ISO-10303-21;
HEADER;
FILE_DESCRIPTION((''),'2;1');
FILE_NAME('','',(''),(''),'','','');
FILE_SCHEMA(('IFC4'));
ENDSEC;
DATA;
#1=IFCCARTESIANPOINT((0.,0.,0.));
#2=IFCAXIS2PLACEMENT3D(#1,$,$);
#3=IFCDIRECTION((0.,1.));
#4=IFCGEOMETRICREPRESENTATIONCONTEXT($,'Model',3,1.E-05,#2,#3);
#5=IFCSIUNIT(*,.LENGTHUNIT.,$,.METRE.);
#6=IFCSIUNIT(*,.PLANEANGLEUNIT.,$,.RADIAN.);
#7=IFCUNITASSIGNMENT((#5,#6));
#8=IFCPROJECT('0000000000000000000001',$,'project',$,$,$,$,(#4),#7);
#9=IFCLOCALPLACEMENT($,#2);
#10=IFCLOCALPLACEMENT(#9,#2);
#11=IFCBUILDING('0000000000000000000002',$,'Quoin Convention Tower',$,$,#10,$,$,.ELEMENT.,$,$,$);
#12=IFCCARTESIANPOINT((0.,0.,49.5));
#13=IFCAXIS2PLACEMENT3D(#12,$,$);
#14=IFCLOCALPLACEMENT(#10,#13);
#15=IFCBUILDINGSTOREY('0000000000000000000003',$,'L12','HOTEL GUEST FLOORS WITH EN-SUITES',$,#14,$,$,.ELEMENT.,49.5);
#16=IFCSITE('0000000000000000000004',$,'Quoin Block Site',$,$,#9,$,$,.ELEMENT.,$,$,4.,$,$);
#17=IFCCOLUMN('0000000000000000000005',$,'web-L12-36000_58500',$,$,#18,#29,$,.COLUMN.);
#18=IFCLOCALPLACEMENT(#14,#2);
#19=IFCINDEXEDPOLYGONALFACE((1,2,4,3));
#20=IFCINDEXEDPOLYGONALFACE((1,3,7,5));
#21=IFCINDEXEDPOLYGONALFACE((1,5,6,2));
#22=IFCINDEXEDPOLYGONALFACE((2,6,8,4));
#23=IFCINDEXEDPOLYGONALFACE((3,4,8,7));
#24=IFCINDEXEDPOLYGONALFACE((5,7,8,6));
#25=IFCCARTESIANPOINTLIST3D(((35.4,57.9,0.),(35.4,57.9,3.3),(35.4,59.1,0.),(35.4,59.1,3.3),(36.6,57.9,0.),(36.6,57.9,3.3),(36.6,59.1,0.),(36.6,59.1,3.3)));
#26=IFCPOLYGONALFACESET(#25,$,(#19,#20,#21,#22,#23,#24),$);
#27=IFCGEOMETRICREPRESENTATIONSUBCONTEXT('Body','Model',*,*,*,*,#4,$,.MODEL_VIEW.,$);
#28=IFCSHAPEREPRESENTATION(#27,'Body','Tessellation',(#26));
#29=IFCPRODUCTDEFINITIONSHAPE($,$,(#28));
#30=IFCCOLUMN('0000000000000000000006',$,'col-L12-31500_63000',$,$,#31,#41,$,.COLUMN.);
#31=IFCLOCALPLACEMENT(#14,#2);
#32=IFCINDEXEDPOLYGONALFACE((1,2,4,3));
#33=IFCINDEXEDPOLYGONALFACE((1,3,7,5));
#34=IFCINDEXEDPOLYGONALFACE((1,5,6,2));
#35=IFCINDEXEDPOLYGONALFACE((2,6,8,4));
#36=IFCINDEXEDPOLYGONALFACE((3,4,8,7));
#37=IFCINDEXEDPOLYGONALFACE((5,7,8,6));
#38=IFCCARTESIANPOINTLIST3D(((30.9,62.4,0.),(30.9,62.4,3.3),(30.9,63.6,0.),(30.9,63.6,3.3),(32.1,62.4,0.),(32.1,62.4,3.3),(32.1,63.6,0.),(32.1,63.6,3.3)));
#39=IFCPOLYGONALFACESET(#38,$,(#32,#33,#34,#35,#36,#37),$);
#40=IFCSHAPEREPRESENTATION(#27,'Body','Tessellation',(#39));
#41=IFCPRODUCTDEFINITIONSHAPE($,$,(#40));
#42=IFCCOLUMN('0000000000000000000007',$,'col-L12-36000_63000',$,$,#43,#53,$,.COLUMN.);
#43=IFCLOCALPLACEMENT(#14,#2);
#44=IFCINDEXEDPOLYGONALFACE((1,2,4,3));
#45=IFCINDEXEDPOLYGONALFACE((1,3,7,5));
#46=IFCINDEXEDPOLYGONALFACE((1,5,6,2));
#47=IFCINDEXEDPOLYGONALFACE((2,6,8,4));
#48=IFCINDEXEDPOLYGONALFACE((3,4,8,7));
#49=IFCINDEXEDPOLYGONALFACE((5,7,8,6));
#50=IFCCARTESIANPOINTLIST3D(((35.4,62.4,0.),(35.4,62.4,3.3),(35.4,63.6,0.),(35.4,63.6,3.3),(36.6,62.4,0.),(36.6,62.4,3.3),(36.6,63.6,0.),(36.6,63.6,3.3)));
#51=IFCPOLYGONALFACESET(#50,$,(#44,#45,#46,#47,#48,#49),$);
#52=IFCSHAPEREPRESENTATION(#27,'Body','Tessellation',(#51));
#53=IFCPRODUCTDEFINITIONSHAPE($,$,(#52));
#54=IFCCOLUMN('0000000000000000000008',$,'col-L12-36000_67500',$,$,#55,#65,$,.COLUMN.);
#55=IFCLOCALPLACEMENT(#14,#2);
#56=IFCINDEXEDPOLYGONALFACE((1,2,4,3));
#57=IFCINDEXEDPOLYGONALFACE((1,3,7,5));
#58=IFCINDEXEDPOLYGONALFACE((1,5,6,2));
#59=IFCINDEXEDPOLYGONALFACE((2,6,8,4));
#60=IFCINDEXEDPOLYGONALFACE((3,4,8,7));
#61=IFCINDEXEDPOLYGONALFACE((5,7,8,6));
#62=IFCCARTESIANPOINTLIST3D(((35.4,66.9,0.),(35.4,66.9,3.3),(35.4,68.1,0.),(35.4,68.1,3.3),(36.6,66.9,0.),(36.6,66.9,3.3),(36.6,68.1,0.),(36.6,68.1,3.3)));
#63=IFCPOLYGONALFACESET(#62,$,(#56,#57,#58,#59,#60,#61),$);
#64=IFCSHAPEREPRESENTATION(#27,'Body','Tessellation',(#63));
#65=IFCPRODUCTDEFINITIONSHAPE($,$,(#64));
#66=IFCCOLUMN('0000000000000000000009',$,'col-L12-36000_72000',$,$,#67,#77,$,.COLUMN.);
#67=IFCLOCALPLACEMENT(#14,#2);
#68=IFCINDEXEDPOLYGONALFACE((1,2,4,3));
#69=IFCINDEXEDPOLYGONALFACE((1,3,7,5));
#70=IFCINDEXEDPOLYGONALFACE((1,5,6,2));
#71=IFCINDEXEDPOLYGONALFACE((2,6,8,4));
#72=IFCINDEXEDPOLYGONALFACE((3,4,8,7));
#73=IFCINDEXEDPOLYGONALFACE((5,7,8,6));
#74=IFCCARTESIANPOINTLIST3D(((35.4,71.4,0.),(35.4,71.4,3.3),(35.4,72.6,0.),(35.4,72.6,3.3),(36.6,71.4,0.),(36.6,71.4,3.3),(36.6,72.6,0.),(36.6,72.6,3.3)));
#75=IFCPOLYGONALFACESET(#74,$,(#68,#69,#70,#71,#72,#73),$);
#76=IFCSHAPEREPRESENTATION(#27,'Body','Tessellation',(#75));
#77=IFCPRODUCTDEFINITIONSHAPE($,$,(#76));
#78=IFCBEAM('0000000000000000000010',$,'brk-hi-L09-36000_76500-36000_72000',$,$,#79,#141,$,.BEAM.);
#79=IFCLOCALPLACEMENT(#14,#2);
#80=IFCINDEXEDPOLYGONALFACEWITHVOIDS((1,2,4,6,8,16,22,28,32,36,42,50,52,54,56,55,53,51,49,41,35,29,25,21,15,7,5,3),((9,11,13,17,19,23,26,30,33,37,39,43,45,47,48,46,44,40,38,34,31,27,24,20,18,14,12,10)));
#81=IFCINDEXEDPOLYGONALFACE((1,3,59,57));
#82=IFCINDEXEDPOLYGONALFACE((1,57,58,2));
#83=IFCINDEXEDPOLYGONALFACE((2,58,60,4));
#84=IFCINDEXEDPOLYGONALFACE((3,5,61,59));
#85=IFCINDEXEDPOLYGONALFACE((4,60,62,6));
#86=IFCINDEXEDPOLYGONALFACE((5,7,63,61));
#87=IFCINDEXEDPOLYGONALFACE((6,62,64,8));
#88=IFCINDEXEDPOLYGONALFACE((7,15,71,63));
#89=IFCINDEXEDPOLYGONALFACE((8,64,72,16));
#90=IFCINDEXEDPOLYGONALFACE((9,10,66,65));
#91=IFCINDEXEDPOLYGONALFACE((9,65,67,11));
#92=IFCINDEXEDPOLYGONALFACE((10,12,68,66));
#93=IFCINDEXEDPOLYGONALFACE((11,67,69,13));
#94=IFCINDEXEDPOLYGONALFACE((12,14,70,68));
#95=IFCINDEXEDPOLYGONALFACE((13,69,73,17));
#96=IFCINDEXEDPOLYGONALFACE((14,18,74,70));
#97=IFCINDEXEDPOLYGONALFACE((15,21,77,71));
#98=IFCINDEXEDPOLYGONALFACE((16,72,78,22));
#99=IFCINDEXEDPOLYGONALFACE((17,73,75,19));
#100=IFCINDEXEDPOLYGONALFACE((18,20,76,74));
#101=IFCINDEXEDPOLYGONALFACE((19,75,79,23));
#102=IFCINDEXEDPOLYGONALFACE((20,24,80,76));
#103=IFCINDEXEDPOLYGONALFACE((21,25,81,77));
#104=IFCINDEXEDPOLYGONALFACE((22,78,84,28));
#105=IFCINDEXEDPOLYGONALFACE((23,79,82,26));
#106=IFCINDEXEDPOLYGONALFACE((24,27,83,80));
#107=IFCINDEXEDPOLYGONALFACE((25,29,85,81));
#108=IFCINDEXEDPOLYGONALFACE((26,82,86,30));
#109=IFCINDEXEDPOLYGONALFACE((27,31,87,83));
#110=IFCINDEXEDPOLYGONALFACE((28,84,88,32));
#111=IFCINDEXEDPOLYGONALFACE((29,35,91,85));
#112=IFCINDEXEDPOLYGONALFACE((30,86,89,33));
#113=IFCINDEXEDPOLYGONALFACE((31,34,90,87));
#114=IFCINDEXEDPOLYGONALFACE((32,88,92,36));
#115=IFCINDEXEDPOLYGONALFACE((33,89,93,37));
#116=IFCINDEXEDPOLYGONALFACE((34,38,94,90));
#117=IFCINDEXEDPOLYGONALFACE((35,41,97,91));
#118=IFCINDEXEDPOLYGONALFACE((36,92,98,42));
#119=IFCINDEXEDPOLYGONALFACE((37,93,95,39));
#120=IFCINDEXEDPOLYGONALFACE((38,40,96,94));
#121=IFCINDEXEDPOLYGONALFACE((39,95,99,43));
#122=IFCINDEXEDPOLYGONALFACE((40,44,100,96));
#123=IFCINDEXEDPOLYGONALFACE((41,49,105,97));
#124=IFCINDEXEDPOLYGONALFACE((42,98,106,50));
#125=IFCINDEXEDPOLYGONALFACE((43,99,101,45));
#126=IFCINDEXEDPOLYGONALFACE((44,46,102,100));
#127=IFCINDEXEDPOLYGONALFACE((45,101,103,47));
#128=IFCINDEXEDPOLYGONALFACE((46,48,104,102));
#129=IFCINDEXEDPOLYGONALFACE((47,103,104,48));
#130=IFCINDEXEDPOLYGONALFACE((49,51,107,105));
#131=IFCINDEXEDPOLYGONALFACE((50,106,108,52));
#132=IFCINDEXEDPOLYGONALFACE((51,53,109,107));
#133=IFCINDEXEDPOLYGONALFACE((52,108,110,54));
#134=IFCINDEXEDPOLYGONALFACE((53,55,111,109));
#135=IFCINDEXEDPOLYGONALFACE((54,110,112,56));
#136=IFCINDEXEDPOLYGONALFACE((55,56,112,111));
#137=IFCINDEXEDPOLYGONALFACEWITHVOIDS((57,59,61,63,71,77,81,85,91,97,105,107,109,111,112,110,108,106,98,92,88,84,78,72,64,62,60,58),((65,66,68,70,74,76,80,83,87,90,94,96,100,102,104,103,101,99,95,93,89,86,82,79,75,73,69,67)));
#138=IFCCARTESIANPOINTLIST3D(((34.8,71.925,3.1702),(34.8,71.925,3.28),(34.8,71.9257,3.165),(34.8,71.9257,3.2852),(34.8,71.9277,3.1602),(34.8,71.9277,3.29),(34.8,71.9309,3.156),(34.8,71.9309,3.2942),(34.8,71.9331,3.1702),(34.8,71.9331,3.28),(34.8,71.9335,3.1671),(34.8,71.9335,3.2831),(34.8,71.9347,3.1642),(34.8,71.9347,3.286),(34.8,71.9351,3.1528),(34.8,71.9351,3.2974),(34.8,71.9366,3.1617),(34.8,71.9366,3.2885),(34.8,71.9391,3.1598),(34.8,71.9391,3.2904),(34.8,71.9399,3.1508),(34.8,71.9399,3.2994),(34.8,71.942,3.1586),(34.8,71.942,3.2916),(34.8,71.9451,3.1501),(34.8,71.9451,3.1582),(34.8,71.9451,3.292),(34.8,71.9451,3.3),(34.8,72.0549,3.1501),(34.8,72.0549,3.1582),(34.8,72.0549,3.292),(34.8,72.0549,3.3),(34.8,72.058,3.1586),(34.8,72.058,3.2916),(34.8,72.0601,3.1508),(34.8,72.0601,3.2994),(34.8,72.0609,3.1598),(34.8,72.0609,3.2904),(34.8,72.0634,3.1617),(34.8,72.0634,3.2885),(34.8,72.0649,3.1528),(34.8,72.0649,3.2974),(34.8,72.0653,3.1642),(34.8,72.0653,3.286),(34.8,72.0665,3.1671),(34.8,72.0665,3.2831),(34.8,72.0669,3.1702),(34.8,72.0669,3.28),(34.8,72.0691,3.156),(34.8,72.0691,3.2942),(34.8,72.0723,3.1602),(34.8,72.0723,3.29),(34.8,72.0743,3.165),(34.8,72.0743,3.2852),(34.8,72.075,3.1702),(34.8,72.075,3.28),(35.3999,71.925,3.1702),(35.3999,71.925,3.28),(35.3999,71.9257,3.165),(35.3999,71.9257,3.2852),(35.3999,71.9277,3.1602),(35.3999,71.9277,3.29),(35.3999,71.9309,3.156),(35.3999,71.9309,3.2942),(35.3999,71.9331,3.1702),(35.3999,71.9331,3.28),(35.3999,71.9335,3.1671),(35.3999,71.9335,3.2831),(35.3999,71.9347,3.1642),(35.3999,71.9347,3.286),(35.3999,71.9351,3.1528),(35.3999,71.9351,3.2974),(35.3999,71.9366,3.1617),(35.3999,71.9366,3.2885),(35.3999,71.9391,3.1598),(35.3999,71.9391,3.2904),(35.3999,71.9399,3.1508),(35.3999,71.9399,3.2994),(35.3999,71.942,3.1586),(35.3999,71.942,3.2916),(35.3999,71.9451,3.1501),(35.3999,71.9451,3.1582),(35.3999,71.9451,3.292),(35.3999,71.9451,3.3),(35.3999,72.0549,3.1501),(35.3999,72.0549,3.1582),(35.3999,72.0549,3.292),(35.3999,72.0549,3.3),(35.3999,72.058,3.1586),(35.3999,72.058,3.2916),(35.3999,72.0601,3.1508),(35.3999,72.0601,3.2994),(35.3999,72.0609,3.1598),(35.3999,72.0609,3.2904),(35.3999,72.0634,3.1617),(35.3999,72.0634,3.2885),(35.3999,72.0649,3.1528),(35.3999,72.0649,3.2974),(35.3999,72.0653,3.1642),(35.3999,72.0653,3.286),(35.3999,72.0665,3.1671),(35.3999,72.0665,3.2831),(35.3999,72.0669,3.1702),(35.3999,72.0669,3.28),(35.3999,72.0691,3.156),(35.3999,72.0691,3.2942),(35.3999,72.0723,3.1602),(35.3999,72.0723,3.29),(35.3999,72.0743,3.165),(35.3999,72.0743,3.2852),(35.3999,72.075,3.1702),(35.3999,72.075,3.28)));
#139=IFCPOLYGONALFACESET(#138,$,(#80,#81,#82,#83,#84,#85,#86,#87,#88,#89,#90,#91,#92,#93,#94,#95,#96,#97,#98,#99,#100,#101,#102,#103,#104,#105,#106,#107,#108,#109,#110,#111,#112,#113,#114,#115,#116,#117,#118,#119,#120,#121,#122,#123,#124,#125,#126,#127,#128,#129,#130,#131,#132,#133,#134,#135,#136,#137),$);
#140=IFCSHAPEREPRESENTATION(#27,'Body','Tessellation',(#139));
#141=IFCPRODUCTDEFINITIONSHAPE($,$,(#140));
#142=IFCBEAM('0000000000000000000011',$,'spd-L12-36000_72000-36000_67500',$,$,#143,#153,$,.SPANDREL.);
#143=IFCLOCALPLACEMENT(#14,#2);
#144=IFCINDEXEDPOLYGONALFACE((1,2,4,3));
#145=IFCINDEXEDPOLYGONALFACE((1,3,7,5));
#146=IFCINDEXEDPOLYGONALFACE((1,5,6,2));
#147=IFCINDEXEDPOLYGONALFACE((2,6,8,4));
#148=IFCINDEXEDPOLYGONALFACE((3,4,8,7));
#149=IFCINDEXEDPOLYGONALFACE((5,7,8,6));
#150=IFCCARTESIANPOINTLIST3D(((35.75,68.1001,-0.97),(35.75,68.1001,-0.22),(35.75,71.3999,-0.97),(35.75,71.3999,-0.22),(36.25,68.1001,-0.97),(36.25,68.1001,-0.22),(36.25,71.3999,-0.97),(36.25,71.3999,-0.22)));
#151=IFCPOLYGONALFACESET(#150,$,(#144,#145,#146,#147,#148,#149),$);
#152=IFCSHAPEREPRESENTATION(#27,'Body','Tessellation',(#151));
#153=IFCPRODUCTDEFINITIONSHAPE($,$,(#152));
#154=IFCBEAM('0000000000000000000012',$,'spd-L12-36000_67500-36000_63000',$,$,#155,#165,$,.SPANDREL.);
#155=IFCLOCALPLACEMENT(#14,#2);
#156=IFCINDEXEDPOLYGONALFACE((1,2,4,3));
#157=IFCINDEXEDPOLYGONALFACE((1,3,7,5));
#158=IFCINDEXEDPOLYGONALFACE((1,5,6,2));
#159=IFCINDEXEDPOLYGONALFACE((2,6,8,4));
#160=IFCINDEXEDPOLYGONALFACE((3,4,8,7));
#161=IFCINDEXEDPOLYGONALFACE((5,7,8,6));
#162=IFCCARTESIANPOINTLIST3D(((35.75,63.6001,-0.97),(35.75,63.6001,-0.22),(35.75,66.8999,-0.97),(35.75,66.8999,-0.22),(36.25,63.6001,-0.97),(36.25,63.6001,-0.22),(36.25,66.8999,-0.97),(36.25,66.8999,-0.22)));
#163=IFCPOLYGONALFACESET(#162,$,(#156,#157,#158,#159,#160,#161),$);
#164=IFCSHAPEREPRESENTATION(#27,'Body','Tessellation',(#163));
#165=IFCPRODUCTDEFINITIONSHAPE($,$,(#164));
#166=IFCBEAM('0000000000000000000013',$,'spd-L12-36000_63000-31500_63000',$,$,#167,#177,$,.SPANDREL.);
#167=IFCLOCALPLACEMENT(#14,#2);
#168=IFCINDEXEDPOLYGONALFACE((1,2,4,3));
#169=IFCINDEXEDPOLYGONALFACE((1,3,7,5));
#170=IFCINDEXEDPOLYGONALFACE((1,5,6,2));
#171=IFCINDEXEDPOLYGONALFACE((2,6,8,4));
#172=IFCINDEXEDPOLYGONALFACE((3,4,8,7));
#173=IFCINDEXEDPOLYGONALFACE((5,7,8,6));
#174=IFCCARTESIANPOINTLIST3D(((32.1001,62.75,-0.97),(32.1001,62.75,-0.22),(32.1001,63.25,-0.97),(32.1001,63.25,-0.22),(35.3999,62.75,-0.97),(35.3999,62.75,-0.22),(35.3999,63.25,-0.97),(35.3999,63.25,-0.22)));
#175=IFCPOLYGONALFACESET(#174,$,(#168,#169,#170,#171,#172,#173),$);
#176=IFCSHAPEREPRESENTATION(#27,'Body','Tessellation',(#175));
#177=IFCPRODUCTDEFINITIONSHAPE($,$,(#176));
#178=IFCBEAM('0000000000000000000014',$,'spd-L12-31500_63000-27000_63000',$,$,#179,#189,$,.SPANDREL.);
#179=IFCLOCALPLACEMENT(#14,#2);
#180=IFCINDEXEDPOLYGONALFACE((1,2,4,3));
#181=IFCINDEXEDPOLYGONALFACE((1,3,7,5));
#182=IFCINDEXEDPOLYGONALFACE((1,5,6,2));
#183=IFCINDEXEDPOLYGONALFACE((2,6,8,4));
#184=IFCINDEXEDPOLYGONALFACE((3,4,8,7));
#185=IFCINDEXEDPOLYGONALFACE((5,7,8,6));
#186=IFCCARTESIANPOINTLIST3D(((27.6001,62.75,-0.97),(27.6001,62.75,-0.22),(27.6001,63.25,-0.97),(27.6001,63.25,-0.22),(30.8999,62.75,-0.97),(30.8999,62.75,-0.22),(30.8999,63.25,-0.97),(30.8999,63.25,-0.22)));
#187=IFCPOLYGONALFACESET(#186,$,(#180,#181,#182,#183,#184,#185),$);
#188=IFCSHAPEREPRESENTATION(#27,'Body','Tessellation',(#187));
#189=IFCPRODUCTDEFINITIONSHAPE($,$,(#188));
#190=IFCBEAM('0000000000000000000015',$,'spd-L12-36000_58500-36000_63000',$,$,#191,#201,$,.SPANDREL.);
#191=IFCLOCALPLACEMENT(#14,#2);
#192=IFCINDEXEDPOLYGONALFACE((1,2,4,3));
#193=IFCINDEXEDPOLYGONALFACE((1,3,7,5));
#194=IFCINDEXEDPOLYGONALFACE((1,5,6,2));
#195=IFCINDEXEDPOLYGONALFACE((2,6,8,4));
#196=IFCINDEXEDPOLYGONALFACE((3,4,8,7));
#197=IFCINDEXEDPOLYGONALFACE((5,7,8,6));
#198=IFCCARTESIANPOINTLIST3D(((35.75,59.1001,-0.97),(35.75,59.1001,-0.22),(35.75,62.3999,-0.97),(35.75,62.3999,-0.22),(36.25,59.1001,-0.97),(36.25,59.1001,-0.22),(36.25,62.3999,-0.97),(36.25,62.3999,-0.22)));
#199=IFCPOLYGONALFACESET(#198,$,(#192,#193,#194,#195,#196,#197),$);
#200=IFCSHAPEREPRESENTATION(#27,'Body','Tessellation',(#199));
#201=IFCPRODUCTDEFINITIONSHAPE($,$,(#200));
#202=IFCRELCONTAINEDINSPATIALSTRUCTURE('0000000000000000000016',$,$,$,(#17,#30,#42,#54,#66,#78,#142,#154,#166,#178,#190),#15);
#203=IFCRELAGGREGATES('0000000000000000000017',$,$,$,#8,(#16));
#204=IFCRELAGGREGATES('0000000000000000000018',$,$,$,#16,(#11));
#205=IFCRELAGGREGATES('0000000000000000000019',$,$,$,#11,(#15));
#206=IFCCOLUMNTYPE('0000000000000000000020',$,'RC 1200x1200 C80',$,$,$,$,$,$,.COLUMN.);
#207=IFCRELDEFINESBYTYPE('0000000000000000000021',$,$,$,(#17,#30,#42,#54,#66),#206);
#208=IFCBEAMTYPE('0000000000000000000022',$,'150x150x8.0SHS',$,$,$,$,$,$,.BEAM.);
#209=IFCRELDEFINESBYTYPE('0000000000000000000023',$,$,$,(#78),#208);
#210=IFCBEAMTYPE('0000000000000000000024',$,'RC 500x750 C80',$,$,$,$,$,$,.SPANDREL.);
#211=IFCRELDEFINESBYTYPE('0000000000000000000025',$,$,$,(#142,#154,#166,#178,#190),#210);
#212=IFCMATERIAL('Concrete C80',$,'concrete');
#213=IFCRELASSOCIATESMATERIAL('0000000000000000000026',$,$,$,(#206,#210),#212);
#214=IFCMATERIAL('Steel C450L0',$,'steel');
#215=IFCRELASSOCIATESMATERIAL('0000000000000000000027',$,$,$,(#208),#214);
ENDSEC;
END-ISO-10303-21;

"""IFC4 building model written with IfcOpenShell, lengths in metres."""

from ifc_helpers import new_model, si_unit, direction, frame, origin, origin_2d, place, context, subcontext, project, spatial, rectangle, hollow_rectangle, extrude, material, material_profile, profile_set, type_object, element, save


model = new_model("IFC4")

# Units and contexts
model_context = context("Model", 3, precision=1e-05, world=origin(), true_north=direction((0.0, 1.0)))
body_context = subcontext(model_context, "Body", "Model", "MODEL_VIEW")
ifc_project = project(units=[si_unit("LENGTHUNIT", "METRE"), si_unit("PLANEANGLEUNIT", "RADIAN")], contexts=[model_context])

# Site, building, storey
site_placement = place(None, origin())
site = spatial("IfcSite", under=ifc_project, at=site_placement, Name="Quoin Block Site", CompositionType="ELEMENT", RefElevation=4.0)
building_placement = place(site_placement, origin())
building = spatial("IfcBuilding", under=site, at=building_placement, Name="Quoin Convention Tower", CompositionType="ELEMENT")
storey_placement = place(building_placement, frame((0.0, 0.0, 49.5)))
storey = spatial("IfcBuildingStorey", under=building, at=storey_placement, Name="L12", Description="HOTEL GUEST FLOORS WITH EN-SUITES", CompositionType="ELEMENT", Elevation=49.5)

# Columns
ifc_material_1 = material(Name="Concrete C80", Category="concrete")
ifc_material_profile_1 = material_profile(ifc_material_1, rectangle(XDim=1.2, YDim=1.2, at=origin_2d()), Name="RC 1200x1200")
ifc_profile_set_1 = profile_set([ifc_material_profile_1], Name="Concrete C80")
column_type = type_object("IfcColumnType", Name="RC 1200x1200 C80", PredefinedType="COLUMN", material=ifc_profile_set_1)
for number, where, z_axis, x_axis, name in (
    (1, (36.0, 58.5, 0.0), (0.0, 0.0, 1.0), (1.0, 0.0, 0.0), "web-L12-36000_58500"),
    (2, (31.5, 63.0, 0.0), (0.0, 0.0, 1.0), (1.0, 0.0, 0.0), "col-L12-31500_63000"),
    (3, (36.0, 63.0, 0.0), (0.0, 0.0, 1.0), (1.0, 0.0, 0.0), "col-L12-36000_63000"),
    (4, (36.0, 67.5, 0.0), (0.0, 0.0, 1.0), (1.0, 0.0, 0.0), "col-L12-36000_67500"),
    (5, (36.0, 72.0, 0.0), (0.0, 0.0, 1.0), (1.0, 0.0, 0.0), "col-L12-36000_72000"),
):
    element("IfcColumn", number, at=place(storey_placement, frame(where, z_axis=z_axis, x_axis=x_axis)), inside=storey, type_object=column_type, Name=name, PredefinedType="COLUMN", context=body_context, shape_type="SweptSolid", body=[
        extrude(rectangle(XDim=1.2, YDim=1.2, at=origin_2d()), origin(), (0.0, 0.0, 1.0), 3.3),
    ])

# Beams
ifc_material_2 = material(Name="Steel C450L0", Category="steel")
ifc_material_profile_2 = material_profile(ifc_material_2, hollow_rectangle(XDim=0.1499, YDim=0.1499, WallThickness=0.0081, InnerFilletRadius=0.012, OuterFilletRadius=0.02, at=origin_2d()), Name="150x150x8.0SHS")
ifc_profile_set_2 = profile_set([ifc_material_profile_2], Name="Steel C450L0")
beam_type_1 = type_object("IfcBeamType", Name="150x150x8.0SHS", PredefinedType="BEAM", material=ifc_profile_set_2)
beam_placement = place(storey_placement, frame((35.3999, 72.0, 3.2251), z_axis=(-1.0, 0.0, 0.0), x_axis=(0.0, -1.0, 0.0)))
element("IfcBeam", 6, at=beam_placement, inside=storey, type_object=beam_type_1, Name="brk-hi-L09-36000_76500-36000_72000", PredefinedType="BEAM", context=body_context, shape_type="SweptSolid", body=[
    extrude(hollow_rectangle(XDim=0.1499, YDim=0.1499, WallThickness=0.0081, InnerFilletRadius=0.012, OuterFilletRadius=0.02, at=origin_2d()), origin(), (0.0, 0.0, 1.0), 0.5999),
])
ifc_material_profile_3 = material_profile(ifc_material_1, rectangle(XDim=0.5, YDim=0.75, at=origin_2d()), Name="RC 500x750")
ifc_profile_set_3 = profile_set([ifc_material_profile_3], Name="Concrete C80")
beam_type_2 = type_object("IfcBeamType", Name="RC 500x750 C80", PredefinedType="SPANDREL", material=ifc_profile_set_3)
for number, where, z_axis, x_axis, name in (
    (7, (36.0, 71.3999, -0.595), (0.0, -1.0, 0.0), (1.0, 0.0, 0.0), "spd-L12-36000_72000-36000_67500"),
    (8, (36.0, 66.8999, -0.595), (0.0, -1.0, 0.0), (1.0, 0.0, 0.0), "spd-L12-36000_67500-36000_63000"),
    (9, (35.3999, 63.0, -0.595), (-1.0, 0.0, 0.0), (0.0, -1.0, 0.0), "spd-L12-36000_63000-31500_63000"),
    (10, (30.8999, 63.0, -0.595), (-1.0, 0.0, 0.0), (0.0, -1.0, 0.0), "spd-L12-31500_63000-27000_63000"),
    (11, (36.0, 59.1001, -0.595), (0.0, 1.0, 0.0), (-1.0, 0.0, 0.0), "spd-L12-36000_58500-36000_63000"),
):
    element("IfcBeam", number, at=place(storey_placement, frame(where, z_axis=z_axis, x_axis=x_axis)), inside=storey, type_object=beam_type_2, Name=name, PredefinedType="SPANDREL", context=body_context, shape_type="SweptSolid", body=[
        extrude(rectangle(XDim=0.5, YDim=0.75, at=origin_2d()), origin(), (0.0, 0.0, 1.0), 3.2998),
    ])

save(model, "model.ifc")
